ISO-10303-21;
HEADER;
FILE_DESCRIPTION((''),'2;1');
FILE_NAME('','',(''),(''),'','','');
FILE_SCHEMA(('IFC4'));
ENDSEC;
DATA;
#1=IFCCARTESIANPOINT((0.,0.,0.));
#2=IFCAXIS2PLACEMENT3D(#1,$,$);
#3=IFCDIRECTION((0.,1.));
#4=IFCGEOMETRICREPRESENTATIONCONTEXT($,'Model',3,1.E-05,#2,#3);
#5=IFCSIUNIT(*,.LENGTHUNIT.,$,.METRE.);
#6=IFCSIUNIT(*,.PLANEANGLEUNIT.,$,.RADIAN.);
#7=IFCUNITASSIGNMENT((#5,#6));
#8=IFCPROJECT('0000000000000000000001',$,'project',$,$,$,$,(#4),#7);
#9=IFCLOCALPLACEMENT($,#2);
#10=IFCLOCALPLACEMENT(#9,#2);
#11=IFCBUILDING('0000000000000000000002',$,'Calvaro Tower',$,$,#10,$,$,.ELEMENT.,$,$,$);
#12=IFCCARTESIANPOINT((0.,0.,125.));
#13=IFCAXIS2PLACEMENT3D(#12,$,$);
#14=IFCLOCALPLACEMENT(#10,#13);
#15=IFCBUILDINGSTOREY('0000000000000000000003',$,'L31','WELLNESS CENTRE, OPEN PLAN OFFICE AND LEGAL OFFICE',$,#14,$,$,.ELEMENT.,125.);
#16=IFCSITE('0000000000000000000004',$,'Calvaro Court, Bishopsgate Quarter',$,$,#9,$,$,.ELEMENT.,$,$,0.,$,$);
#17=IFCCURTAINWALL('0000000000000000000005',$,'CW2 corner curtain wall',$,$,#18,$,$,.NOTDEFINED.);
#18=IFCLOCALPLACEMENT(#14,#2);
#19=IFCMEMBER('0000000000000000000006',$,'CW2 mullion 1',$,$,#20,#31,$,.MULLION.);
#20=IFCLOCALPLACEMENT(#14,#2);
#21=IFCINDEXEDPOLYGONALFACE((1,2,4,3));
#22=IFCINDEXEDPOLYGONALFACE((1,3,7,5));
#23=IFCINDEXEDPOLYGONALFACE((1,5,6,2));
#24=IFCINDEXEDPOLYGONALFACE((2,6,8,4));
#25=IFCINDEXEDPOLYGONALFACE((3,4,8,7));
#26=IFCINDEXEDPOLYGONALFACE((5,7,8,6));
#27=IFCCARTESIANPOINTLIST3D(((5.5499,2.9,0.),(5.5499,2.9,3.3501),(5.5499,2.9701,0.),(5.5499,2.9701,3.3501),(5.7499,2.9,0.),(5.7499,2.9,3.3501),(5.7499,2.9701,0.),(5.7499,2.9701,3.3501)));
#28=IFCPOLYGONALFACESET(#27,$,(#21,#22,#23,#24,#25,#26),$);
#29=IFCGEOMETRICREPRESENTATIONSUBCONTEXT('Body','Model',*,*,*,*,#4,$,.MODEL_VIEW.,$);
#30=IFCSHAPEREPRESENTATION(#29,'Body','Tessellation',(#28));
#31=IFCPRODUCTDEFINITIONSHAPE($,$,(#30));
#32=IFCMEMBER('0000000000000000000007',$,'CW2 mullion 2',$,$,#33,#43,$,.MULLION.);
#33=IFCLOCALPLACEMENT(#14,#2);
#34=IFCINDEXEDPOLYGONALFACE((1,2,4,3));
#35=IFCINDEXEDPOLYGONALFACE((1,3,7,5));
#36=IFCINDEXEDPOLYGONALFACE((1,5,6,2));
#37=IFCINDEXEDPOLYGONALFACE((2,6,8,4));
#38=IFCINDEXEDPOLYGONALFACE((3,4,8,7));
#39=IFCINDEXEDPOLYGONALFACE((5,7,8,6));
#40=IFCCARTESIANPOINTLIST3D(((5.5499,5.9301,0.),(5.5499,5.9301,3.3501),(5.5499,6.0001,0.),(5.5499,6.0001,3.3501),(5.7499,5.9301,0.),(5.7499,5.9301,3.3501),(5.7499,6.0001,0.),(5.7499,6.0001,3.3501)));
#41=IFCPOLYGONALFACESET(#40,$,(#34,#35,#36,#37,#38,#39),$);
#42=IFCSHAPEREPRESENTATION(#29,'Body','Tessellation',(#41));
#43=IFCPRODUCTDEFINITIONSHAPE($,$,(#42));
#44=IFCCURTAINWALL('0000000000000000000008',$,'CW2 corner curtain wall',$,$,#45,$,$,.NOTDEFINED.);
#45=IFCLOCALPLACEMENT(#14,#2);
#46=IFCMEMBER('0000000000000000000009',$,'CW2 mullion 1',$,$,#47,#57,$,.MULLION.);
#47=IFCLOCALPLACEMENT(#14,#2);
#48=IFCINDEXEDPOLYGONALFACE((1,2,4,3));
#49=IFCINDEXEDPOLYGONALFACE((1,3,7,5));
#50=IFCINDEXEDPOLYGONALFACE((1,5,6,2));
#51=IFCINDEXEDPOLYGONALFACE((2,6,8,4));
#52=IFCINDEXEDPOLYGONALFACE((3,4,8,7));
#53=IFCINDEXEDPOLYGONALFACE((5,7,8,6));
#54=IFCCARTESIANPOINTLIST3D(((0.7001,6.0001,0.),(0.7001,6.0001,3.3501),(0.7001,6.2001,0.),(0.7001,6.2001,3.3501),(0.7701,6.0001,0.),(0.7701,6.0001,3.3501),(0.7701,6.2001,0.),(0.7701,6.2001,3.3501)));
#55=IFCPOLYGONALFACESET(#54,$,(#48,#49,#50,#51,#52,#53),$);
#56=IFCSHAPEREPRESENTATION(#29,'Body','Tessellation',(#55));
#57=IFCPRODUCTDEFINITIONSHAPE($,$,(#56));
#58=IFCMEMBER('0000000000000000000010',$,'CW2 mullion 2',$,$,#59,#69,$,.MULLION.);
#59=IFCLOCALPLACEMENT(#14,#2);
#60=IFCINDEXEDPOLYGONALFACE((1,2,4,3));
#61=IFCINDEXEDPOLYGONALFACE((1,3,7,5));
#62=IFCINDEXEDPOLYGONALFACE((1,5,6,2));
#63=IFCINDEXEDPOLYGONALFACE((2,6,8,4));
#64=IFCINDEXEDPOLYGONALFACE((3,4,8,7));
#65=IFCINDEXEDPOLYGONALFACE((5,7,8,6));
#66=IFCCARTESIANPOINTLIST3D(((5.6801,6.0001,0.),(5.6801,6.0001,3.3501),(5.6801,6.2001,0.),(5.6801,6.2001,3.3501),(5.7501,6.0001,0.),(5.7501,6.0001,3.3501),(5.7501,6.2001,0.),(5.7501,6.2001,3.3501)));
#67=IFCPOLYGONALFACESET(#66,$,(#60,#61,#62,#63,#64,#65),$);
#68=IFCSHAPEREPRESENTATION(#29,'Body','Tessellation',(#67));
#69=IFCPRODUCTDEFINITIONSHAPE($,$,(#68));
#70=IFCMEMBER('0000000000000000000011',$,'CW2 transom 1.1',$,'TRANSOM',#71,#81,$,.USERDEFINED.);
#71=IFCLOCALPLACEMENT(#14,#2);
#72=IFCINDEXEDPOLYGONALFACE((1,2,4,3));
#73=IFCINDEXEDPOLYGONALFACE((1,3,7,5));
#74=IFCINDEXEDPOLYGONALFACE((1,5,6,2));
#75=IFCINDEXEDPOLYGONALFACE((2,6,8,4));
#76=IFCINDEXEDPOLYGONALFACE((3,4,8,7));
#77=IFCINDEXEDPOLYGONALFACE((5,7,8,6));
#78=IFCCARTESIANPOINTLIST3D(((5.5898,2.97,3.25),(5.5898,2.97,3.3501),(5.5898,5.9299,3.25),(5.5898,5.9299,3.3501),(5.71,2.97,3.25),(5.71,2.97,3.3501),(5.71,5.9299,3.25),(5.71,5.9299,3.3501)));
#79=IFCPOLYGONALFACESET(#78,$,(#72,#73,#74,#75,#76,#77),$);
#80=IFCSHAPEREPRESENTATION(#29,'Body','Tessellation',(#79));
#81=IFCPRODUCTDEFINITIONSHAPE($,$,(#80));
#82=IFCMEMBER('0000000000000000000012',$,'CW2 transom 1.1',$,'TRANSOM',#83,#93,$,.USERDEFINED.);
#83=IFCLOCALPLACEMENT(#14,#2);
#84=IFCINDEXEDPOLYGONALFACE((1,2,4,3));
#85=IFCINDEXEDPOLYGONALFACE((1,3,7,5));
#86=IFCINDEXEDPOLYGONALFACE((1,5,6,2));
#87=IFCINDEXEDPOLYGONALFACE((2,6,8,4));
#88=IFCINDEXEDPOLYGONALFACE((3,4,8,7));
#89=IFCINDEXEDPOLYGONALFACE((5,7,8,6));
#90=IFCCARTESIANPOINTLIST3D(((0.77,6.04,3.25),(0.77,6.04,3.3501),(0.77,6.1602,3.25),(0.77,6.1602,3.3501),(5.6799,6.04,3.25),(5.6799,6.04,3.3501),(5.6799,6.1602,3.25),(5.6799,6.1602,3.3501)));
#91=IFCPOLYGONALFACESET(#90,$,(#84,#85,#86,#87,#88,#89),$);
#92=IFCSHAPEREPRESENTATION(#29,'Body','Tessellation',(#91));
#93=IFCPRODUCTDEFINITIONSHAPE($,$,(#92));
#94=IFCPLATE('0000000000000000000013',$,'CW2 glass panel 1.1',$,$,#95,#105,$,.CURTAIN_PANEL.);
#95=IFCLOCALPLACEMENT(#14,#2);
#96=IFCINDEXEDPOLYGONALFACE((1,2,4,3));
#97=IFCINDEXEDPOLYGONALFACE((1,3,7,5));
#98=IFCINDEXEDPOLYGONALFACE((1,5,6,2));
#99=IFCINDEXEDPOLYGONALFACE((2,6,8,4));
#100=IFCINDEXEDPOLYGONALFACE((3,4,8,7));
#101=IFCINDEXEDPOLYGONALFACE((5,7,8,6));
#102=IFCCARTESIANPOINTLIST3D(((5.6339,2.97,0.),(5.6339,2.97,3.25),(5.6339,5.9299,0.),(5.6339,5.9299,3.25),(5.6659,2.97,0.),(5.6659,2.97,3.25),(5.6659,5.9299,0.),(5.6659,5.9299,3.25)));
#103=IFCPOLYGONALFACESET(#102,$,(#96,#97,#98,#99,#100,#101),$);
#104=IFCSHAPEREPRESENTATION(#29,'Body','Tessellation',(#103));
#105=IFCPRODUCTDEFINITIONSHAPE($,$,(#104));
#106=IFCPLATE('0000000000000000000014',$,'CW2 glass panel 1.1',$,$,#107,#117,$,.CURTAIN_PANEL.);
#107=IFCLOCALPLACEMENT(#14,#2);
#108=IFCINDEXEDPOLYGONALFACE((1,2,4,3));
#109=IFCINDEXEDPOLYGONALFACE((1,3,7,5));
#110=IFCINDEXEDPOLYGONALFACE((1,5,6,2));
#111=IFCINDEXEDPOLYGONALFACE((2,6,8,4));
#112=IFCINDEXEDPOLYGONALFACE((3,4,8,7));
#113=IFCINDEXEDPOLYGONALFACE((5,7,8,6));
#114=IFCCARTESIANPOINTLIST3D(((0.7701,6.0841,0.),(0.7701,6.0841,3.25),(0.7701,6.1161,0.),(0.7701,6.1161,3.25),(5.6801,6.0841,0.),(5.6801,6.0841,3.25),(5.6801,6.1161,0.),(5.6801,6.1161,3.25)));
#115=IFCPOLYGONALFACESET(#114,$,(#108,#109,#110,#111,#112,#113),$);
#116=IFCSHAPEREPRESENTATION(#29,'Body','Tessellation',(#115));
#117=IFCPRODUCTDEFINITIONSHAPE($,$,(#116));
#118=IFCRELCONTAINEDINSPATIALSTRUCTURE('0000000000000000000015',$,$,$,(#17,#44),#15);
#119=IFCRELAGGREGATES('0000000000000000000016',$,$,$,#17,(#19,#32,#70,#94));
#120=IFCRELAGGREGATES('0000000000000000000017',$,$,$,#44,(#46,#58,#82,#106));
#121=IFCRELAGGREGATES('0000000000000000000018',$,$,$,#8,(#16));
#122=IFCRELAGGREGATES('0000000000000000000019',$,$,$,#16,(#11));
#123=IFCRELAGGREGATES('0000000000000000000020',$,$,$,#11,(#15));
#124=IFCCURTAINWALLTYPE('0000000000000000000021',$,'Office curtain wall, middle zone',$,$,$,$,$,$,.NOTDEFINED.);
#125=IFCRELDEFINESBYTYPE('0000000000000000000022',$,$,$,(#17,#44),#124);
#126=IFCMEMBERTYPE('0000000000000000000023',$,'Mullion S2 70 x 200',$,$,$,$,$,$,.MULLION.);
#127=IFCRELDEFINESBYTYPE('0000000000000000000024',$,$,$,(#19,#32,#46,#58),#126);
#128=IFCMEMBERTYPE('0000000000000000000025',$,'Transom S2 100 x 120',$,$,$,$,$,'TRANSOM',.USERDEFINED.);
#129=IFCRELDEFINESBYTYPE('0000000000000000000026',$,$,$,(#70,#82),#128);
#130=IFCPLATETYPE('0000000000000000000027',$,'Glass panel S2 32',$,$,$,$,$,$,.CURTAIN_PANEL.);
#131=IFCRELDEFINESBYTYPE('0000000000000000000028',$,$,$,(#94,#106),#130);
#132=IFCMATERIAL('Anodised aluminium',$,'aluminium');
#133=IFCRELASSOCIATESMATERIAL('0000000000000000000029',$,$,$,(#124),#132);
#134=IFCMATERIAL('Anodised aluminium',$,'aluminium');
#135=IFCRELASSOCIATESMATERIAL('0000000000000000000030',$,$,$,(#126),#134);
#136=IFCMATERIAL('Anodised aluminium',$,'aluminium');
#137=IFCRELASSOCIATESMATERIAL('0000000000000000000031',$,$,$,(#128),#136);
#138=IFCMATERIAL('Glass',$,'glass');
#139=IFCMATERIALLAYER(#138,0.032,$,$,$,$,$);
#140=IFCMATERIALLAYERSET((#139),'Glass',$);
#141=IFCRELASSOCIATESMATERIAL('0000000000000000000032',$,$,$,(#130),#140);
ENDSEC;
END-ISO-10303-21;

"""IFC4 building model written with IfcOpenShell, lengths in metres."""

from ifc_helpers import new_model, si_unit, direction, frame, origin, origin_2d, place, context, subcontext, project, spatial, rectangle, extrude, material, layer, layer_set, material_profile, profile_set, type_object, element, aggregate, save


model = new_model("IFC4")

# Units and contexts
model_context = context("Model", 3, precision=1e-05, world=origin(), true_north=direction((0.0, 1.0)))
body_context = subcontext(model_context, "Body", "Model", "MODEL_VIEW")
ifc_project = project(units=[si_unit("LENGTHUNIT", "METRE"), si_unit("PLANEANGLEUNIT", "RADIAN")], contexts=[model_context])

# Site, building, storey
site_placement = place(None, origin())
site = spatial("IfcSite", under=ifc_project, at=site_placement, Name="Calvaro Court, Bishopsgate Quarter", CompositionType="ELEMENT", RefElevation=0.0)
building_placement = place(site_placement, origin())
building = spatial("IfcBuilding", under=site, at=building_placement, Name="Calvaro Tower", CompositionType="ELEMENT")
storey_placement = place(building_placement, frame((0.0, 0.0, 125.0)))
storey = spatial("IfcBuildingStorey", under=building, at=storey_placement, Name="L31", Description="WELLNESS CENTRE, OPEN PLAN OFFICE AND LEGAL OFFICE", CompositionType="ELEMENT", Elevation=125.0)

# Curtain walls, members
ifc_material_1 = material(Name="Anodised aluminium", Category="aluminium")
curtain_wall_type = type_object("IfcCurtainWallType", Name="Office curtain wall, middle zone", PredefinedType="NOTDEFINED", material=ifc_material_1)
curtain_wall_1_placement = place(storey_placement, origin())
curtain_wall_1 = element("IfcCurtainWall", 1, at=curtain_wall_1_placement, inside=storey, type_object=curtain_wall_type, Name="CW2 corner curtain wall", PredefinedType="NOTDEFINED")
ifc_material_2 = material(Name="Anodised aluminium", Category="aluminium")
ifc_material_profile_1 = material_profile(ifc_material_2, rectangle(XDim=0.2, YDim=0.0701, at=origin_2d()), Name="Mullion S2 70 x 200")
ifc_profile_set_1 = profile_set([ifc_material_profile_1], Name="Anodised aluminium")
member_type_1 = type_object("IfcMemberType", Name="Mullion S2 70 x 200", PredefinedType="MULLION", material=ifc_profile_set_1)
member_1_placement = place(storey_placement, frame((5.6499, 2.9351, 0.0), z_axis=(0.0, 0.0, 1.0), x_axis=(-1.0, 0.0, 0.0)))
member_1 = element("IfcMember", 2, at=member_1_placement, type_object=member_type_1, Name="CW2 mullion 1", PredefinedType="MULLION", context=body_context, shape_type="SweptSolid", body=[
    extrude(rectangle(XDim=0.2, YDim=0.0701, at=origin_2d()), origin(), (0.0, 0.0, 1.0), 3.3501),
])
member_2_placement = place(storey_placement, frame((5.6499, 5.9651, 0.0), z_axis=(0.0, 0.0, 1.0), x_axis=(-1.0, 0.0, 0.0)))
member_2 = element("IfcMember", 3, at=member_2_placement, type_object=member_type_1, Name="CW2 mullion 2", PredefinedType="MULLION", context=body_context, shape_type="SweptSolid", body=[
    extrude(rectangle(XDim=0.2, YDim=0.0701, at=origin_2d()), origin(), (0.0, 0.0, 1.0), 3.3501),
])
curtain_wall_2_placement = place(storey_placement, origin())
curtain_wall_2 = element("IfcCurtainWall", 4, at=curtain_wall_2_placement, inside=storey, type_object=curtain_wall_type, Name="CW2 corner curtain wall", PredefinedType="NOTDEFINED")
member_3_placement = place(storey_placement, frame((0.7351, 6.1001, 0.0), z_axis=(0.0, 0.0, 1.0), x_axis=(0.0, 1.0, 0.0)))
member_3 = element("IfcMember", 5, at=member_3_placement, type_object=member_type_1, Name="CW2 mullion 1", PredefinedType="MULLION", context=body_context, shape_type="SweptSolid", body=[
    extrude(rectangle(XDim=0.2, YDim=0.0701, at=origin_2d()), origin(), (0.0, 0.0, 1.0), 3.3501),
])
member_4_placement = place(storey_placement, frame((5.7151, 6.1001, 0.0), z_axis=(0.0, 0.0, 1.0), x_axis=(0.0, 1.0, 0.0)))
member_4 = element("IfcMember", 6, at=member_4_placement, type_object=member_type_1, Name="CW2 mullion 2", PredefinedType="MULLION", context=body_context, shape_type="SweptSolid", body=[
    extrude(rectangle(XDim=0.2, YDim=0.0701, at=origin_2d()), origin(), (0.0, 0.0, 1.0), 3.3501),
])

# Members
ifc_material_3 = material(Name="Anodised aluminium", Category="aluminium")
ifc_material_profile_2 = material_profile(ifc_material_3, rectangle(XDim=0.1201, YDim=0.1001, at=origin_2d()), Name="Transom S2 100 x 120")
ifc_profile_set_2 = profile_set([ifc_material_profile_2], Name="Anodised aluminium")
member_type_2 = type_object("IfcMemberType", Name="Transom S2 100 x 120", ElementType="TRANSOM", PredefinedType="USERDEFINED", material=ifc_profile_set_2)
member_5_placement = place(storey_placement, frame((5.6499, 2.97, 3.3), z_axis=(0.0, 1.0, 0.0), x_axis=(-1.0, 0.0, 0.0)))
member_5 = element("IfcMember", 7, at=member_5_placement, type_object=member_type_2, Name="CW2 transom 1.1", ObjectType="TRANSOM", PredefinedType="USERDEFINED", context=body_context, shape_type="SweptSolid", body=[
    extrude(rectangle(XDim=0.1201, YDim=0.1001, at=origin_2d()), origin(), (0.0, 0.0, 1.0), 2.96),
])
member_6_placement = place(storey_placement, frame((0.77, 6.1001, 3.3), z_axis=(1.0, 0.0, 0.0), x_axis=(0.0, 1.0, 0.0)))
member_6 = element("IfcMember", 8, at=member_6_placement, type_object=member_type_2, Name="CW2 transom 1.1", ObjectType="TRANSOM", PredefinedType="USERDEFINED", context=body_context, shape_type="SweptSolid", body=[
    extrude(rectangle(XDim=0.1201, YDim=0.1001, at=origin_2d()), origin(), (0.0, 0.0, 1.0), 4.9099),
])

# Plates
ifc_material_4 = material(Name="Glass", Category="glass")
ifc_layer_1 = layer(ifc_material_4, 0.032)
ifc_layer_set_1 = layer_set([ifc_layer_1], Name="Glass")
plate_type = type_object("IfcPlateType", Name="Glass panel S2 32", PredefinedType="CURTAIN_PANEL", material=ifc_layer_set_1)
plate_1_placement = place(storey_placement, frame((5.6499, 4.45, 0.0), z_axis=(0.0, 0.0, 1.0), x_axis=(0.0, 1.0, 0.0)))
plate_1 = element("IfcPlate", 9, at=plate_1_placement, type_object=plate_type, Name="CW2 glass panel 1.1", PredefinedType="CURTAIN_PANEL", context=body_context, shape_type="SweptSolid", body=[
    extrude(rectangle(XDim=2.96, YDim=0.032, at=origin_2d()), origin(), (0.0, 0.0, 1.0), 3.25),
])
aggregate(curtain_wall_1, [member_1, member_2, member_5, plate_1])
plate_2_placement = place(storey_placement, frame((3.2251, 6.1001, 0.0), z_axis=(0.0, 0.0, 1.0), x_axis=(1.0, 0.0, 0.0)))
plate_2 = element("IfcPlate", 10, at=plate_2_placement, type_object=plate_type, Name="CW2 glass panel 1.1", PredefinedType="CURTAIN_PANEL", context=body_context, shape_type="SweptSolid", body=[
    extrude(rectangle(XDim=4.9099, YDim=0.032, at=origin_2d()), origin(), (0.0, 0.0, 1.0), 3.25),
])
aggregate(curtain_wall_2, [member_3, member_4, member_6, plate_2])

save(model, "model.ifc")
